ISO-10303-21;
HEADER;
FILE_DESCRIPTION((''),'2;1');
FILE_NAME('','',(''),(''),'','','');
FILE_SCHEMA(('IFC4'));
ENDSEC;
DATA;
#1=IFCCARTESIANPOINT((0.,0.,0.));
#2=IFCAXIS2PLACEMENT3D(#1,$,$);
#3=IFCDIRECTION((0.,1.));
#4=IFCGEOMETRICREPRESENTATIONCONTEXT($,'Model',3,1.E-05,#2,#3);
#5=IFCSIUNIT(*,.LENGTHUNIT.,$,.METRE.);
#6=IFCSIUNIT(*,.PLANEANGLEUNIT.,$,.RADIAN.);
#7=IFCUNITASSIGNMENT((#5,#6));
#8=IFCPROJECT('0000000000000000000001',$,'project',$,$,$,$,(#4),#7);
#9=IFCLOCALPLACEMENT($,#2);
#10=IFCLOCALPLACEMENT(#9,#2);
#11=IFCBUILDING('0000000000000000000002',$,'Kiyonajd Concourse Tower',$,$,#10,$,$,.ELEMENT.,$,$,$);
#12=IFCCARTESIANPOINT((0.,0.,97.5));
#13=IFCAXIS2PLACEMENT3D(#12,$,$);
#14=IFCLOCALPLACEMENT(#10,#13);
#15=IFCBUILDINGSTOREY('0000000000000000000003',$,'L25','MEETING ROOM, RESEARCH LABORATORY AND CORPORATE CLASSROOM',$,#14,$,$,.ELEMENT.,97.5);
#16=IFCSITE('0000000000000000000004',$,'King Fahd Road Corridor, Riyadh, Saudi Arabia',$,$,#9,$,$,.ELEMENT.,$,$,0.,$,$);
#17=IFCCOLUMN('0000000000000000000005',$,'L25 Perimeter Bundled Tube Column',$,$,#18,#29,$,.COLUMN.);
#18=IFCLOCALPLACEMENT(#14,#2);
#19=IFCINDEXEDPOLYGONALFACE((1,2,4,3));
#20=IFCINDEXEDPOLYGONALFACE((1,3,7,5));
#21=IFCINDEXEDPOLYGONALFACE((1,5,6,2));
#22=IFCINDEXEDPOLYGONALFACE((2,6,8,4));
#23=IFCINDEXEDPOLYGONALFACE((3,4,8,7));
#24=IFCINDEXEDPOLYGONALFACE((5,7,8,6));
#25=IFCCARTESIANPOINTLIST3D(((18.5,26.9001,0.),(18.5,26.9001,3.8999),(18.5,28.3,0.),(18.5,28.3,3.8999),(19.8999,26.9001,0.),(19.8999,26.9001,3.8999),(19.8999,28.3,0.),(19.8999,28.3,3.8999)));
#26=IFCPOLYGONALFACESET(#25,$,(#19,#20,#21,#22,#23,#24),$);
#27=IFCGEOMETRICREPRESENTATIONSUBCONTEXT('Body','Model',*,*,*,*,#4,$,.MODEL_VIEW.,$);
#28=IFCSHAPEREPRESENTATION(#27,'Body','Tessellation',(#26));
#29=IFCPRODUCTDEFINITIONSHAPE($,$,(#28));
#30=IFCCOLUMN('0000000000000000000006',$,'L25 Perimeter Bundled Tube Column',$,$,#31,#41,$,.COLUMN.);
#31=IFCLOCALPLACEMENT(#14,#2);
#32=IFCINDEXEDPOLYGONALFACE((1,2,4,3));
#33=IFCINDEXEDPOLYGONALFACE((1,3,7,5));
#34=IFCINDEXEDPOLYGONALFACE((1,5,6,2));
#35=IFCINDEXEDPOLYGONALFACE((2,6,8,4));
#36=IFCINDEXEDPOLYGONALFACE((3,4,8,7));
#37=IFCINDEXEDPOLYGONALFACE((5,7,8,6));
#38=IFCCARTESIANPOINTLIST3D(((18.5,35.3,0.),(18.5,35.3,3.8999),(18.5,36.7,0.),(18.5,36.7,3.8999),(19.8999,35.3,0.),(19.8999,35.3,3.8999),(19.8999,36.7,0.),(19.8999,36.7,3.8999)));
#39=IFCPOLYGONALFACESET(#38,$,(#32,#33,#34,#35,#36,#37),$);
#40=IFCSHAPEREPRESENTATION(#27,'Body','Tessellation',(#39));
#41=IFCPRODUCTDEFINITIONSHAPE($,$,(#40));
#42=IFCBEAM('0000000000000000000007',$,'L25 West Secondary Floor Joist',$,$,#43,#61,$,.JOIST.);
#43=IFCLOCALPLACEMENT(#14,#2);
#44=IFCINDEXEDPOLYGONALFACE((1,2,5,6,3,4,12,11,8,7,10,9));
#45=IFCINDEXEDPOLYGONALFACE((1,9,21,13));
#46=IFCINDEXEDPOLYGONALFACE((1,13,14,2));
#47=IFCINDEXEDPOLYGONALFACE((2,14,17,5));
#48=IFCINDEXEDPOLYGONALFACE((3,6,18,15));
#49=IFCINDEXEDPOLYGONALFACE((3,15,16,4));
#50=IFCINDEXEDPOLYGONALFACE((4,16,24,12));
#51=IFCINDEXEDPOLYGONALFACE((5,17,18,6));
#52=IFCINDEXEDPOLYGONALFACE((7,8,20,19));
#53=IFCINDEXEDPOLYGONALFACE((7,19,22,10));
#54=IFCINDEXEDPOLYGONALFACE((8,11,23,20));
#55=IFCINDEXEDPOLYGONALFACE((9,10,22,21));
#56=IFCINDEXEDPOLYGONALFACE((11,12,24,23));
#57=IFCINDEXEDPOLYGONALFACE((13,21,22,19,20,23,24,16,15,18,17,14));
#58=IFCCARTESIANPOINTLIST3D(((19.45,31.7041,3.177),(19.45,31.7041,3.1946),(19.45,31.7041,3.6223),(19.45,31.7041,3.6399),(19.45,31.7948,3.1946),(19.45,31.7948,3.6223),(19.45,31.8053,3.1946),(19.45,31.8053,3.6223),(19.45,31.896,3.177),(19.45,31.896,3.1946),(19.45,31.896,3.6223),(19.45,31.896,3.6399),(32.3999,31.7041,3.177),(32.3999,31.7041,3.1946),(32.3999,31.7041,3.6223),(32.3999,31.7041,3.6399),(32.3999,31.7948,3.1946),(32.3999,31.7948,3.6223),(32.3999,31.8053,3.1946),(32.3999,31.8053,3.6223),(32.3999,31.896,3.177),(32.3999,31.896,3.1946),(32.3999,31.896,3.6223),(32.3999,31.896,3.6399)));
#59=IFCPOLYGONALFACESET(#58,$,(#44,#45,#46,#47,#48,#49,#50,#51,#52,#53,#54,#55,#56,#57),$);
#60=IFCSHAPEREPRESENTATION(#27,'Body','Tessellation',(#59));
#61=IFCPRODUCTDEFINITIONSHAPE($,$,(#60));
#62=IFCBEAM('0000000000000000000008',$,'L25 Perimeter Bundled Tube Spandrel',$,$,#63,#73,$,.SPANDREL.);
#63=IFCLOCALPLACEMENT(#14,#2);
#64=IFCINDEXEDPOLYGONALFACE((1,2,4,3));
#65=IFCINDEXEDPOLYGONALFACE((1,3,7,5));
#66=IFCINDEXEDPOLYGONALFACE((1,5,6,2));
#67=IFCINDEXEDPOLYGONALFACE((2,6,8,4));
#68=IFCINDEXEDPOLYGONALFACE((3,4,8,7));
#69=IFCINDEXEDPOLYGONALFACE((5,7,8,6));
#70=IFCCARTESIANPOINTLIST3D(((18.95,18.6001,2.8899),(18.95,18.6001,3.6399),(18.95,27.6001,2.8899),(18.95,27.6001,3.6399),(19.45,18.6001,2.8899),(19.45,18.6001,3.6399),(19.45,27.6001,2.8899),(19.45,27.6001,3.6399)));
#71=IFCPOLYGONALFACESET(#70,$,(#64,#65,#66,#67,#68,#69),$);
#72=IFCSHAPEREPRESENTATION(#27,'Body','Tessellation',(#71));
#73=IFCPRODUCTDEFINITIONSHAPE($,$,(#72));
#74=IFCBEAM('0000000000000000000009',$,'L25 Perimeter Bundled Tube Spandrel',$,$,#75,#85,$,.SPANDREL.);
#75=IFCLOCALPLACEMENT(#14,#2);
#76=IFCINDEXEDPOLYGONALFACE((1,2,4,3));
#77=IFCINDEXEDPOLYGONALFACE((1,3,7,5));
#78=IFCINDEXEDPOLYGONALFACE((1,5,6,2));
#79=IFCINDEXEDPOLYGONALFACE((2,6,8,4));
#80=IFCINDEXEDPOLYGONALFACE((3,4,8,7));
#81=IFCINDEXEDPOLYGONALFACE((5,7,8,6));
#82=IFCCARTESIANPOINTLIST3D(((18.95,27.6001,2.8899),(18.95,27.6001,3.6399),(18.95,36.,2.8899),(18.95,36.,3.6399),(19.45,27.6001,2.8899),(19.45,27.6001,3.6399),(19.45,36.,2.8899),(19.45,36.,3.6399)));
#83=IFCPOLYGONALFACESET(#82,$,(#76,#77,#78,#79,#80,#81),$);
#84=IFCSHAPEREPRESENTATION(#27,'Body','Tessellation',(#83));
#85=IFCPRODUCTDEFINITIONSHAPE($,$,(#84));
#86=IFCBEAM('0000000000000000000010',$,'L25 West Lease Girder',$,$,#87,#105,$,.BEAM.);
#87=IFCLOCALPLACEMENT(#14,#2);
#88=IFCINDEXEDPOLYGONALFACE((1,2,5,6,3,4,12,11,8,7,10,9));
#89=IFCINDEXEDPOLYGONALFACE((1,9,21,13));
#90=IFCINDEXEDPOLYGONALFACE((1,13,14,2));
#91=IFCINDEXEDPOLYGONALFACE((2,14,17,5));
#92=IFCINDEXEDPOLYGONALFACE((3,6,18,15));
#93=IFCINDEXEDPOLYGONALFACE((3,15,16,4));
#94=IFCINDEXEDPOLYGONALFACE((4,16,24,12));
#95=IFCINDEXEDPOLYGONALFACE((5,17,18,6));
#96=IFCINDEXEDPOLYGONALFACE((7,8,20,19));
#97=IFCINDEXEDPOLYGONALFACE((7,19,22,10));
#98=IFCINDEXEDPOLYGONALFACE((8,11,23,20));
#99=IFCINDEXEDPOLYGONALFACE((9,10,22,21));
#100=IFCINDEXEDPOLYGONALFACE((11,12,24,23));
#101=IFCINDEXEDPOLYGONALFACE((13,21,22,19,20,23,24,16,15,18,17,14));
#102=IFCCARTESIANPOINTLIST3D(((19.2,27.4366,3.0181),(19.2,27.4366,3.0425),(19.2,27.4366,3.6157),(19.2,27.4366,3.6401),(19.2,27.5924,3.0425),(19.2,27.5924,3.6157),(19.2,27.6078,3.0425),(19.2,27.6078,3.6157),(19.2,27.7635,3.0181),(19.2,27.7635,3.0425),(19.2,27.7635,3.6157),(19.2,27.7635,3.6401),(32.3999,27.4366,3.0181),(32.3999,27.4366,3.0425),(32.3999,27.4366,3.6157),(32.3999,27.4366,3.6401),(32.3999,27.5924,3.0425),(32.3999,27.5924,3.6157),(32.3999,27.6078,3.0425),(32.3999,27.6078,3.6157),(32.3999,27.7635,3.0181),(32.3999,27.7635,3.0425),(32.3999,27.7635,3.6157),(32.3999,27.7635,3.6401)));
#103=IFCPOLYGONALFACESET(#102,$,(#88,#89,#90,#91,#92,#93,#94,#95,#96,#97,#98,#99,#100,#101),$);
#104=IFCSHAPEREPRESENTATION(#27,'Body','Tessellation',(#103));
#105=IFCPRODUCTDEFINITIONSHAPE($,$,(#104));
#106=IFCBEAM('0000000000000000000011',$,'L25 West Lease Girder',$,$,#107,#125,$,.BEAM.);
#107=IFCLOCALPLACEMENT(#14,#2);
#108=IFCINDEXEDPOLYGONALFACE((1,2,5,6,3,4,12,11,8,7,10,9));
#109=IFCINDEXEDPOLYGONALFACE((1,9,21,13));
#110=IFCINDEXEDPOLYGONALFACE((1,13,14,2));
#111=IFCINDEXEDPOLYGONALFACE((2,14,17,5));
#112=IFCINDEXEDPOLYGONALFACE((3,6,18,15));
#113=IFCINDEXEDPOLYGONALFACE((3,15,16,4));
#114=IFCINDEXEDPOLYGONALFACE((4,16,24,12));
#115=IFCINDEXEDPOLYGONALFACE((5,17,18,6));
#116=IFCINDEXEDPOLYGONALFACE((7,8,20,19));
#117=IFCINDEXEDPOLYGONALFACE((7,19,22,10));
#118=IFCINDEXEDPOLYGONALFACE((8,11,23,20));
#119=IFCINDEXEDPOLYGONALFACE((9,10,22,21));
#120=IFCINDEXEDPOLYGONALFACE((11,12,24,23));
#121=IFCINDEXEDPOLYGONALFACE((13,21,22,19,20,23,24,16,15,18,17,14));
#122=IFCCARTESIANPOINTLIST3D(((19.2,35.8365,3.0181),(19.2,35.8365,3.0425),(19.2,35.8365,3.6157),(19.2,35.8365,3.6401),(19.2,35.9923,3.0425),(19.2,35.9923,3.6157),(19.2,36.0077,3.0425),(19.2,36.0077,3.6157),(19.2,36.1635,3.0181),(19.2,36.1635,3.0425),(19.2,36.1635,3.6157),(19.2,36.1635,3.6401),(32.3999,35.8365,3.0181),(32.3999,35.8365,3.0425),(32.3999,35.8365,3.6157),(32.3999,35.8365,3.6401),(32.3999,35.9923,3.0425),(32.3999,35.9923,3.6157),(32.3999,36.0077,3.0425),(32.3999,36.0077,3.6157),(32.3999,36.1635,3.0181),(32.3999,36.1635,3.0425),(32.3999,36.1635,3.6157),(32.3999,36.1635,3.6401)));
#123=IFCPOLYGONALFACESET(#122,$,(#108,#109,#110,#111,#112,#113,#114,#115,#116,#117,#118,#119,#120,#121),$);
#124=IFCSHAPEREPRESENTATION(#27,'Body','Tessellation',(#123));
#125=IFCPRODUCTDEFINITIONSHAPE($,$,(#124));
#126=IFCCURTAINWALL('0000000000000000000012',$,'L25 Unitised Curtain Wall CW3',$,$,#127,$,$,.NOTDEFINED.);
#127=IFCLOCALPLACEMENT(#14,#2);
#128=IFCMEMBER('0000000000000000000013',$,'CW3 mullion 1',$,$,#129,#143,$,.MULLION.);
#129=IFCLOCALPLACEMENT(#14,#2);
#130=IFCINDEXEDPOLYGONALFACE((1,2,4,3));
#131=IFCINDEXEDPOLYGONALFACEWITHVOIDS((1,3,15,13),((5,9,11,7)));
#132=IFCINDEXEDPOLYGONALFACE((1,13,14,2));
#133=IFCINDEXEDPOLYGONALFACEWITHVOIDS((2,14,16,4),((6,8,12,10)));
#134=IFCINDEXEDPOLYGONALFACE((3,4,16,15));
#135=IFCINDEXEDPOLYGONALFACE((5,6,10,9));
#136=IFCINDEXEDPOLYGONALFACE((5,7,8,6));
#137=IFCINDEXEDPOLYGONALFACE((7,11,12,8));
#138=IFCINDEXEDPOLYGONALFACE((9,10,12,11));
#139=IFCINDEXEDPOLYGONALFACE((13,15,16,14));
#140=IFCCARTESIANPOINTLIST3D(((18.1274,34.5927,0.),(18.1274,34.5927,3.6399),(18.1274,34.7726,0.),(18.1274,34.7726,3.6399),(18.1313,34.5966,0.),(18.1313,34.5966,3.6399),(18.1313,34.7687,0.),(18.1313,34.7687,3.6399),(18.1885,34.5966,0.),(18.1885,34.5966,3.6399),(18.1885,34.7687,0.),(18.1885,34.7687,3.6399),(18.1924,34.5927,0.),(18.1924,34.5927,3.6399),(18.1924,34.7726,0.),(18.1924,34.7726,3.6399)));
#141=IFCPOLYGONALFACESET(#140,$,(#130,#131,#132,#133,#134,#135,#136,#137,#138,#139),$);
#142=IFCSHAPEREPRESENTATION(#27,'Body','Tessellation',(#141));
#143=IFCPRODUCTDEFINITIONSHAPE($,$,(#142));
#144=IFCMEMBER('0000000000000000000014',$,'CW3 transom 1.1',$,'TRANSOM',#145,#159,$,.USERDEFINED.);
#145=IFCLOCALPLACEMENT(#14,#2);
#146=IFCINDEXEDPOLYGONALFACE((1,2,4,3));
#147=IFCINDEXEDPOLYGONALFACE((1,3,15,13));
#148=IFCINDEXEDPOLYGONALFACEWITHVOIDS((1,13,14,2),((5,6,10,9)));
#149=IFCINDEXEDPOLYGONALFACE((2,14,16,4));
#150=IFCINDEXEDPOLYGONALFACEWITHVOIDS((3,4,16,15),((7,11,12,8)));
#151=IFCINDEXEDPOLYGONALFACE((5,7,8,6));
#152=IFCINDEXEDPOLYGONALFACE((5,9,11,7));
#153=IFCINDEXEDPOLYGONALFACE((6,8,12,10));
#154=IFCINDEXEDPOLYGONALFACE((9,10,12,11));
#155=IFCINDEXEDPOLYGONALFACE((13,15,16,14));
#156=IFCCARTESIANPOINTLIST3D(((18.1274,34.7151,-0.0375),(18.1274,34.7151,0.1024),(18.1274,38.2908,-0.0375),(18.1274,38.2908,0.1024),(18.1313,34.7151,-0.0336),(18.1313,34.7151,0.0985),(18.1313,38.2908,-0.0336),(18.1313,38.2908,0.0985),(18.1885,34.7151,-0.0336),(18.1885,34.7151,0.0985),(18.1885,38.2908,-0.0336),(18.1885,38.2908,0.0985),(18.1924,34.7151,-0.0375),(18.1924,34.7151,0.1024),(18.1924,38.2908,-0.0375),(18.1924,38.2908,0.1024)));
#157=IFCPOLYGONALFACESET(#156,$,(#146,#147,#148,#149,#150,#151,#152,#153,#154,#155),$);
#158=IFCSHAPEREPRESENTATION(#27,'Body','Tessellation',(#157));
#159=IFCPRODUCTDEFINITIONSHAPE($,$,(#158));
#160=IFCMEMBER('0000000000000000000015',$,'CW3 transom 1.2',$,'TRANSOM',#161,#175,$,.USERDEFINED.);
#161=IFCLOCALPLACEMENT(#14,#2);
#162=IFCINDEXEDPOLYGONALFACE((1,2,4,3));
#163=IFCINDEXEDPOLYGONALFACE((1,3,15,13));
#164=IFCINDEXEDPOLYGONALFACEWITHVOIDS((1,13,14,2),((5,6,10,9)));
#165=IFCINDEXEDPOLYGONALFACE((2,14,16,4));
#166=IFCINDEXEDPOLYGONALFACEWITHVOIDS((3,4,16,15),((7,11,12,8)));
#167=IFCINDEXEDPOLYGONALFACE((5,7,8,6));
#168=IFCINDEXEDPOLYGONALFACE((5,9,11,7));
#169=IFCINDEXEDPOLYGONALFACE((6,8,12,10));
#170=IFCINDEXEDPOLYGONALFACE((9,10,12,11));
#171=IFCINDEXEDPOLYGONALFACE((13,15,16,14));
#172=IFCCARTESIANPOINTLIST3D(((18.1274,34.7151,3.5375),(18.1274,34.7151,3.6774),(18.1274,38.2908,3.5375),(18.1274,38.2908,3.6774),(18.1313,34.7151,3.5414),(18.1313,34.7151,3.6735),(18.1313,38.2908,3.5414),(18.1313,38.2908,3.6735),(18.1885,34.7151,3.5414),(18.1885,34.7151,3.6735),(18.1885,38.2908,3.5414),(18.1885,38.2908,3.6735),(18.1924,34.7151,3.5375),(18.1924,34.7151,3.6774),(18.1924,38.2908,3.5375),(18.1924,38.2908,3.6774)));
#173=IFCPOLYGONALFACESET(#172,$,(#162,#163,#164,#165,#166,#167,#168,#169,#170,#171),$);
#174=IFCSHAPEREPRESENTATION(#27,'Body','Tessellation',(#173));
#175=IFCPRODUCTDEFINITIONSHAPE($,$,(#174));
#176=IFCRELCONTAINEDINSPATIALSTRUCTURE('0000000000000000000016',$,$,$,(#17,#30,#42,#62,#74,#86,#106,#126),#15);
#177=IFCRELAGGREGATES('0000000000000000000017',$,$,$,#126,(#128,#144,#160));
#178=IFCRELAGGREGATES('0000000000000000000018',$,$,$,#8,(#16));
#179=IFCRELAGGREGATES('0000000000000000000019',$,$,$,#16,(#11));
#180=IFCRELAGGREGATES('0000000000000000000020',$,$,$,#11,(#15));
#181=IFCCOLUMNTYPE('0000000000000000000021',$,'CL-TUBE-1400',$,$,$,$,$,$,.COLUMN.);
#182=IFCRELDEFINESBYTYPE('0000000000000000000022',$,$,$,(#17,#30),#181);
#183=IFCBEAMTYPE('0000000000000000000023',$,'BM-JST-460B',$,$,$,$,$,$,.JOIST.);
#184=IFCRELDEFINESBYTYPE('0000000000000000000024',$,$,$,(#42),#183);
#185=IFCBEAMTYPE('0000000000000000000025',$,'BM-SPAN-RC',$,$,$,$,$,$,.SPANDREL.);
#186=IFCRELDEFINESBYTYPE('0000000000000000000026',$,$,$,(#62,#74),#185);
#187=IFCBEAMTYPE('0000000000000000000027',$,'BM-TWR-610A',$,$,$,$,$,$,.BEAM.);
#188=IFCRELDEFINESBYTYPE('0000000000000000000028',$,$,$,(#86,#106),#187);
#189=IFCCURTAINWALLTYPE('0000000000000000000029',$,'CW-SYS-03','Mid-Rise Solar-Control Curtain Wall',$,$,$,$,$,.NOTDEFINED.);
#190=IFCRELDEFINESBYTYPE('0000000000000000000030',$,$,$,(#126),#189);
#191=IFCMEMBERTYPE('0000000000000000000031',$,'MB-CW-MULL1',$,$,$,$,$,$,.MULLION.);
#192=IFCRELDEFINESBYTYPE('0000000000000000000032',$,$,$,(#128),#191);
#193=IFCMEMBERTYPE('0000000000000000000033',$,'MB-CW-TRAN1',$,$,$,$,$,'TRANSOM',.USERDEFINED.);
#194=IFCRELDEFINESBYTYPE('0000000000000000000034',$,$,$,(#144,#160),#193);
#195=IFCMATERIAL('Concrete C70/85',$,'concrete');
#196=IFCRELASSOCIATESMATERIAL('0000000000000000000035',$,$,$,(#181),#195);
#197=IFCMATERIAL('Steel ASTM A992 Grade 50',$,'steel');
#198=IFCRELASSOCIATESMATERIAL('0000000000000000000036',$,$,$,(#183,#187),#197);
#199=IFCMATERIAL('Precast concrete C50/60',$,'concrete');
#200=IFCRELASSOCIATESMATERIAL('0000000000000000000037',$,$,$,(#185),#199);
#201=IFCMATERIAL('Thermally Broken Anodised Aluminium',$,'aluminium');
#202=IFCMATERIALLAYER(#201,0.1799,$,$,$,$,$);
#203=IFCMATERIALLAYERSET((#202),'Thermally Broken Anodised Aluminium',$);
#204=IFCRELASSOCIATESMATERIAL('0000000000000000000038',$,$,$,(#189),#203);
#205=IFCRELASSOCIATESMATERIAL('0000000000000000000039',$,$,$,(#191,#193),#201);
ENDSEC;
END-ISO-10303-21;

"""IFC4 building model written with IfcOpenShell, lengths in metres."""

from ifc_helpers import new_model, si_unit, direction, frame, origin, origin_2d, place, context, subcontext, project, spatial, rectangle, hollow_rectangle, i_section, extrude, material, layer, layer_set, material_profile, profile_set, type_object, element, aggregate, save


model = new_model("IFC4")

# Units and contexts
model_context = context("Model", 3, precision=1e-05, world=origin(), true_north=direction((0.0, 1.0)))
body_context = subcontext(model_context, "Body", "Model", "MODEL_VIEW")
ifc_project = project(units=[si_unit("LENGTHUNIT", "METRE"), si_unit("PLANEANGLEUNIT", "RADIAN")], contexts=[model_context])

# Site, building, storey
site_placement = place(None, origin())
site = spatial("IfcSite", under=ifc_project, at=site_placement, Name="King Fahd Road Corridor, Riyadh, Saudi Arabia", CompositionType="ELEMENT", RefElevation=0.0)
building_placement = place(site_placement, origin())
building = spatial("IfcBuilding", under=site, at=building_placement, Name="Kiyonajd Concourse Tower", CompositionType="ELEMENT")
storey_placement = place(building_placement, frame((0.0, 0.0, 97.5)))
storey = spatial("IfcBuildingStorey", under=building, at=storey_placement, Name="L25", Description="MEETING ROOM, RESEARCH LABORATORY AND CORPORATE CLASSROOM", CompositionType="ELEMENT", Elevation=97.5)

# Columns
ifc_material_1 = material(Name="Concrete C70/85", Category="concrete")
ifc_material_profile_1 = material_profile(ifc_material_1, rectangle(XDim=1.3999, YDim=1.3999, at=origin_2d()), Name="RC-1400x1400")
ifc_profile_set_1 = profile_set([ifc_material_profile_1], Name="Concrete C70/85")
column_type = type_object("IfcColumnType", Name="CL-TUBE-1400", PredefinedType="COLUMN", material=ifc_profile_set_1)
for number, where, z_axis, x_axis, name in (
    (1, (19.2, 27.6001, 0.0), (0.0, 0.0, 1.0), (1.0, 0.0, 0.0), "L25 Perimeter Bundled Tube Column"),
    (2, (19.2, 36.0, 0.0), (0.0, 0.0, 1.0), (1.0, 0.0, 0.0), "L25 Perimeter Bundled Tube Column"),
):
    element("IfcColumn", number, at=place(storey_placement, frame(where, z_axis=z_axis, x_axis=x_axis)), inside=storey, type_object=column_type, Name=name, PredefinedType="COLUMN", context=body_context, shape_type="SweptSolid", body=[
        extrude(rectangle(XDim=1.3999, YDim=1.3999, at=origin_2d()), origin(), (0.0, 0.0, 1.0), 3.8999),
    ])

# Beams
ifc_material_2 = material(Name="Steel ASTM A992 Grade 50", Category="steel")
ifc_material_profile_2 = material_profile(ifc_material_2, i_section(OverallWidth=0.1919, OverallDepth=0.4629, WebThickness=0.0105, FlangeThickness=0.0176, at=origin_2d()), Name="W460X89")
ifc_profile_set_2 = profile_set([ifc_material_profile_2], Name="Steel ASTM A992 Grade 50")
beam_type_1 = type_object("IfcBeamType", Name="BM-JST-460B", PredefinedType="JOIST", material=ifc_profile_set_2)
beam_1_placement = place(storey_placement, frame((19.45, 31.8, 3.4084), z_axis=(1.0, 0.0, 0.0), x_axis=(0.0, 1.0, 0.0)))
element("IfcBeam", 3, at=beam_1_placement, inside=storey, type_object=beam_type_1, Name="L25 West Secondary Floor Joist", PredefinedType="JOIST", context=body_context, shape_type="SweptSolid", body=[
    extrude(i_section(OverallWidth=0.1919, OverallDepth=0.4629, WebThickness=0.0105, FlangeThickness=0.0176, at=origin_2d()), origin(), (0.0, 0.0, 1.0), 12.95),
])
ifc_material_3 = material(Name="Precast concrete C50/60", Category="concrete")
ifc_material_profile_3 = material_profile(ifc_material_3, rectangle(XDim=0.5, YDim=0.75, at=origin_2d()), Name="RCBM-500x750")
ifc_profile_set_3 = profile_set([ifc_material_profile_3], Name="Precast concrete C50/60")
beam_type_2 = type_object("IfcBeamType", Name="BM-SPAN-RC", PredefinedType="SPANDREL", material=ifc_profile_set_3)
beam_2_placement = place(storey_placement, frame((19.2, 27.6001, 3.2649), z_axis=(0.0, -1.0, 0.0), x_axis=(1.0, 0.0, 0.0)))
element("IfcBeam", 4, at=beam_2_placement, inside=storey, type_object=beam_type_2, Name="L25 Perimeter Bundled Tube Spandrel", PredefinedType="SPANDREL", context=body_context, shape_type="SweptSolid", body=[
    extrude(rectangle(XDim=0.5, YDim=0.75, at=origin_2d()), origin(), (0.0, 0.0, 1.0), 9.0),
])
beam_3_placement = place(storey_placement, frame((19.2, 36.0, 3.2649), z_axis=(0.0, -1.0, 0.0), x_axis=(1.0, 0.0, 0.0)))
element("IfcBeam", 5, at=beam_3_placement, inside=storey, type_object=beam_type_2, Name="L25 Perimeter Bundled Tube Spandrel", PredefinedType="SPANDREL", context=body_context, shape_type="SweptSolid", body=[
    extrude(rectangle(XDim=0.5, YDim=0.75, at=origin_2d()), origin(), (0.0, 0.0, 1.0), 8.3999),
])
ifc_material_profile_4 = material_profile(ifc_material_2, i_section(OverallWidth=0.3269, OverallDepth=0.6221, WebThickness=0.0154, FlangeThickness=0.0244, at=origin_2d()), Name="W610X195")
ifc_profile_set_4 = profile_set([ifc_material_profile_4], Name="Steel ASTM A992 Grade 50")
beam_type_3 = type_object("IfcBeamType", Name="BM-TWR-610A", PredefinedType="BEAM", material=ifc_profile_set_4)
for number, where, z_axis, x_axis, name in (
    (6, (19.2, 27.6001, 3.3291), (1.0, 0.0, 0.0), (0.0, 1.0, 0.0), "L25 West Lease Girder"),
    (7, (19.2, 36.0, 3.3291), (1.0, 0.0, 0.0), (0.0, 1.0, 0.0), "L25 West Lease Girder"),
):
    element("IfcBeam", number, at=place(storey_placement, frame(where, z_axis=z_axis, x_axis=x_axis)), inside=storey, type_object=beam_type_3, Name=name, PredefinedType="BEAM", context=body_context, shape_type="SweptSolid", body=[
        extrude(i_section(OverallWidth=0.3269, OverallDepth=0.6221, WebThickness=0.0154, FlangeThickness=0.0244, at=origin_2d()), origin(), (0.0, 0.0, 1.0), 13.2),
    ])

# Curtain wall, members
ifc_material_4 = material(Name="Thermally Broken Anodised Aluminium", Category="aluminium")
ifc_layer_1 = layer(ifc_material_4, 0.1799)
ifc_layer_set_1 = layer_set([ifc_layer_1], Name="Thermally Broken Anodised Aluminium")
curtain_wall_type = type_object("IfcCurtainWallType", Name="CW-SYS-03", Description="Mid-Rise Solar-Control Curtain Wall", PredefinedType="NOTDEFINED", material=ifc_layer_set_1)
curtain_wall_placement = place(storey_placement, origin())
curtain_wall = element("IfcCurtainWall", 8, at=curtain_wall_placement, inside=storey, type_object=curtain_wall_type, Name="L25 Unitised Curtain Wall CW3", PredefinedType="NOTDEFINED")
ifc_material_profile_5 = material_profile(ifc_material_4, hollow_rectangle(XDim=0.0649, YDim=0.1799, WallThickness=0.0039, at=origin_2d()), Name="MULL-65x180")
ifc_profile_set_5 = profile_set([ifc_material_profile_5], Name="Thermally Broken Anodised Aluminium")
member_type_1 = type_object("IfcMemberType", Name="MB-CW-MULL1", PredefinedType="MULLION", material=ifc_profile_set_5)
member_1_placement = place(storey_placement, frame((18.1599, 34.6826, 0.0), z_axis=(0.0, 0.0, 1.0), x_axis=(-1.0, 0.0, 0.0)))
member_1 = element("IfcMember", 9, at=member_1_placement, type_object=member_type_1, Name="CW3 mullion 1", PredefinedType="MULLION", context=body_context, shape_type="SweptSolid", body=[
    extrude(hollow_rectangle(XDim=0.0649, YDim=0.1799, WallThickness=0.0039, at=origin_2d()), origin(), (0.0, 0.0, 1.0), 3.6399),
])
ifc_material_profile_6 = material_profile(ifc_material_4, hollow_rectangle(XDim=0.0649, YDim=0.1399, WallThickness=0.0039, at=origin_2d()), Name="TRAN-65x140")
ifc_profile_set_6 = profile_set([ifc_material_profile_6], Name="Thermally Broken Anodised Aluminium")
member_type_2 = type_object("IfcMemberType", Name="MB-CW-TRAN1", ElementType="TRANSOM", PredefinedType="USERDEFINED", material=ifc_profile_set_6)
member_2_placement = place(storey_placement, frame((18.1599, 34.7151, 0.0325), z_axis=(0.0, 1.0, 0.0), x_axis=(-1.0, 0.0, 0.0)))
member_2 = element("IfcMember", 10, at=member_2_placement, type_object=member_type_2, Name="CW3 transom 1.1", ObjectType="TRANSOM", PredefinedType="USERDEFINED", context=body_context, shape_type="SweptSolid", body=[
    extrude(hollow_rectangle(XDim=0.0649, YDim=0.1399, WallThickness=0.0039, at=origin_2d()), origin(), (0.0, 0.0, 1.0), 3.5757),
])
member_3_placement = place(storey_placement, frame((18.1599, 34.7151, 3.6074), z_axis=(0.0, 1.0, 0.0), x_axis=(-1.0, 0.0, 0.0)))
member_3 = element("IfcMember", 11, at=member_3_placement, type_object=member_type_2, Name="CW3 transom 1.2", ObjectType="TRANSOM", PredefinedType="USERDEFINED", context=body_context, shape_type="SweptSolid", body=[
    extrude(hollow_rectangle(XDim=0.0649, YDim=0.1399, WallThickness=0.0039, at=origin_2d()), origin(), (0.0, 0.0, 1.0), 3.5757),
])

aggregate(curtain_wall, [member_1, member_2, member_3])

save(model, "model.ifc")
